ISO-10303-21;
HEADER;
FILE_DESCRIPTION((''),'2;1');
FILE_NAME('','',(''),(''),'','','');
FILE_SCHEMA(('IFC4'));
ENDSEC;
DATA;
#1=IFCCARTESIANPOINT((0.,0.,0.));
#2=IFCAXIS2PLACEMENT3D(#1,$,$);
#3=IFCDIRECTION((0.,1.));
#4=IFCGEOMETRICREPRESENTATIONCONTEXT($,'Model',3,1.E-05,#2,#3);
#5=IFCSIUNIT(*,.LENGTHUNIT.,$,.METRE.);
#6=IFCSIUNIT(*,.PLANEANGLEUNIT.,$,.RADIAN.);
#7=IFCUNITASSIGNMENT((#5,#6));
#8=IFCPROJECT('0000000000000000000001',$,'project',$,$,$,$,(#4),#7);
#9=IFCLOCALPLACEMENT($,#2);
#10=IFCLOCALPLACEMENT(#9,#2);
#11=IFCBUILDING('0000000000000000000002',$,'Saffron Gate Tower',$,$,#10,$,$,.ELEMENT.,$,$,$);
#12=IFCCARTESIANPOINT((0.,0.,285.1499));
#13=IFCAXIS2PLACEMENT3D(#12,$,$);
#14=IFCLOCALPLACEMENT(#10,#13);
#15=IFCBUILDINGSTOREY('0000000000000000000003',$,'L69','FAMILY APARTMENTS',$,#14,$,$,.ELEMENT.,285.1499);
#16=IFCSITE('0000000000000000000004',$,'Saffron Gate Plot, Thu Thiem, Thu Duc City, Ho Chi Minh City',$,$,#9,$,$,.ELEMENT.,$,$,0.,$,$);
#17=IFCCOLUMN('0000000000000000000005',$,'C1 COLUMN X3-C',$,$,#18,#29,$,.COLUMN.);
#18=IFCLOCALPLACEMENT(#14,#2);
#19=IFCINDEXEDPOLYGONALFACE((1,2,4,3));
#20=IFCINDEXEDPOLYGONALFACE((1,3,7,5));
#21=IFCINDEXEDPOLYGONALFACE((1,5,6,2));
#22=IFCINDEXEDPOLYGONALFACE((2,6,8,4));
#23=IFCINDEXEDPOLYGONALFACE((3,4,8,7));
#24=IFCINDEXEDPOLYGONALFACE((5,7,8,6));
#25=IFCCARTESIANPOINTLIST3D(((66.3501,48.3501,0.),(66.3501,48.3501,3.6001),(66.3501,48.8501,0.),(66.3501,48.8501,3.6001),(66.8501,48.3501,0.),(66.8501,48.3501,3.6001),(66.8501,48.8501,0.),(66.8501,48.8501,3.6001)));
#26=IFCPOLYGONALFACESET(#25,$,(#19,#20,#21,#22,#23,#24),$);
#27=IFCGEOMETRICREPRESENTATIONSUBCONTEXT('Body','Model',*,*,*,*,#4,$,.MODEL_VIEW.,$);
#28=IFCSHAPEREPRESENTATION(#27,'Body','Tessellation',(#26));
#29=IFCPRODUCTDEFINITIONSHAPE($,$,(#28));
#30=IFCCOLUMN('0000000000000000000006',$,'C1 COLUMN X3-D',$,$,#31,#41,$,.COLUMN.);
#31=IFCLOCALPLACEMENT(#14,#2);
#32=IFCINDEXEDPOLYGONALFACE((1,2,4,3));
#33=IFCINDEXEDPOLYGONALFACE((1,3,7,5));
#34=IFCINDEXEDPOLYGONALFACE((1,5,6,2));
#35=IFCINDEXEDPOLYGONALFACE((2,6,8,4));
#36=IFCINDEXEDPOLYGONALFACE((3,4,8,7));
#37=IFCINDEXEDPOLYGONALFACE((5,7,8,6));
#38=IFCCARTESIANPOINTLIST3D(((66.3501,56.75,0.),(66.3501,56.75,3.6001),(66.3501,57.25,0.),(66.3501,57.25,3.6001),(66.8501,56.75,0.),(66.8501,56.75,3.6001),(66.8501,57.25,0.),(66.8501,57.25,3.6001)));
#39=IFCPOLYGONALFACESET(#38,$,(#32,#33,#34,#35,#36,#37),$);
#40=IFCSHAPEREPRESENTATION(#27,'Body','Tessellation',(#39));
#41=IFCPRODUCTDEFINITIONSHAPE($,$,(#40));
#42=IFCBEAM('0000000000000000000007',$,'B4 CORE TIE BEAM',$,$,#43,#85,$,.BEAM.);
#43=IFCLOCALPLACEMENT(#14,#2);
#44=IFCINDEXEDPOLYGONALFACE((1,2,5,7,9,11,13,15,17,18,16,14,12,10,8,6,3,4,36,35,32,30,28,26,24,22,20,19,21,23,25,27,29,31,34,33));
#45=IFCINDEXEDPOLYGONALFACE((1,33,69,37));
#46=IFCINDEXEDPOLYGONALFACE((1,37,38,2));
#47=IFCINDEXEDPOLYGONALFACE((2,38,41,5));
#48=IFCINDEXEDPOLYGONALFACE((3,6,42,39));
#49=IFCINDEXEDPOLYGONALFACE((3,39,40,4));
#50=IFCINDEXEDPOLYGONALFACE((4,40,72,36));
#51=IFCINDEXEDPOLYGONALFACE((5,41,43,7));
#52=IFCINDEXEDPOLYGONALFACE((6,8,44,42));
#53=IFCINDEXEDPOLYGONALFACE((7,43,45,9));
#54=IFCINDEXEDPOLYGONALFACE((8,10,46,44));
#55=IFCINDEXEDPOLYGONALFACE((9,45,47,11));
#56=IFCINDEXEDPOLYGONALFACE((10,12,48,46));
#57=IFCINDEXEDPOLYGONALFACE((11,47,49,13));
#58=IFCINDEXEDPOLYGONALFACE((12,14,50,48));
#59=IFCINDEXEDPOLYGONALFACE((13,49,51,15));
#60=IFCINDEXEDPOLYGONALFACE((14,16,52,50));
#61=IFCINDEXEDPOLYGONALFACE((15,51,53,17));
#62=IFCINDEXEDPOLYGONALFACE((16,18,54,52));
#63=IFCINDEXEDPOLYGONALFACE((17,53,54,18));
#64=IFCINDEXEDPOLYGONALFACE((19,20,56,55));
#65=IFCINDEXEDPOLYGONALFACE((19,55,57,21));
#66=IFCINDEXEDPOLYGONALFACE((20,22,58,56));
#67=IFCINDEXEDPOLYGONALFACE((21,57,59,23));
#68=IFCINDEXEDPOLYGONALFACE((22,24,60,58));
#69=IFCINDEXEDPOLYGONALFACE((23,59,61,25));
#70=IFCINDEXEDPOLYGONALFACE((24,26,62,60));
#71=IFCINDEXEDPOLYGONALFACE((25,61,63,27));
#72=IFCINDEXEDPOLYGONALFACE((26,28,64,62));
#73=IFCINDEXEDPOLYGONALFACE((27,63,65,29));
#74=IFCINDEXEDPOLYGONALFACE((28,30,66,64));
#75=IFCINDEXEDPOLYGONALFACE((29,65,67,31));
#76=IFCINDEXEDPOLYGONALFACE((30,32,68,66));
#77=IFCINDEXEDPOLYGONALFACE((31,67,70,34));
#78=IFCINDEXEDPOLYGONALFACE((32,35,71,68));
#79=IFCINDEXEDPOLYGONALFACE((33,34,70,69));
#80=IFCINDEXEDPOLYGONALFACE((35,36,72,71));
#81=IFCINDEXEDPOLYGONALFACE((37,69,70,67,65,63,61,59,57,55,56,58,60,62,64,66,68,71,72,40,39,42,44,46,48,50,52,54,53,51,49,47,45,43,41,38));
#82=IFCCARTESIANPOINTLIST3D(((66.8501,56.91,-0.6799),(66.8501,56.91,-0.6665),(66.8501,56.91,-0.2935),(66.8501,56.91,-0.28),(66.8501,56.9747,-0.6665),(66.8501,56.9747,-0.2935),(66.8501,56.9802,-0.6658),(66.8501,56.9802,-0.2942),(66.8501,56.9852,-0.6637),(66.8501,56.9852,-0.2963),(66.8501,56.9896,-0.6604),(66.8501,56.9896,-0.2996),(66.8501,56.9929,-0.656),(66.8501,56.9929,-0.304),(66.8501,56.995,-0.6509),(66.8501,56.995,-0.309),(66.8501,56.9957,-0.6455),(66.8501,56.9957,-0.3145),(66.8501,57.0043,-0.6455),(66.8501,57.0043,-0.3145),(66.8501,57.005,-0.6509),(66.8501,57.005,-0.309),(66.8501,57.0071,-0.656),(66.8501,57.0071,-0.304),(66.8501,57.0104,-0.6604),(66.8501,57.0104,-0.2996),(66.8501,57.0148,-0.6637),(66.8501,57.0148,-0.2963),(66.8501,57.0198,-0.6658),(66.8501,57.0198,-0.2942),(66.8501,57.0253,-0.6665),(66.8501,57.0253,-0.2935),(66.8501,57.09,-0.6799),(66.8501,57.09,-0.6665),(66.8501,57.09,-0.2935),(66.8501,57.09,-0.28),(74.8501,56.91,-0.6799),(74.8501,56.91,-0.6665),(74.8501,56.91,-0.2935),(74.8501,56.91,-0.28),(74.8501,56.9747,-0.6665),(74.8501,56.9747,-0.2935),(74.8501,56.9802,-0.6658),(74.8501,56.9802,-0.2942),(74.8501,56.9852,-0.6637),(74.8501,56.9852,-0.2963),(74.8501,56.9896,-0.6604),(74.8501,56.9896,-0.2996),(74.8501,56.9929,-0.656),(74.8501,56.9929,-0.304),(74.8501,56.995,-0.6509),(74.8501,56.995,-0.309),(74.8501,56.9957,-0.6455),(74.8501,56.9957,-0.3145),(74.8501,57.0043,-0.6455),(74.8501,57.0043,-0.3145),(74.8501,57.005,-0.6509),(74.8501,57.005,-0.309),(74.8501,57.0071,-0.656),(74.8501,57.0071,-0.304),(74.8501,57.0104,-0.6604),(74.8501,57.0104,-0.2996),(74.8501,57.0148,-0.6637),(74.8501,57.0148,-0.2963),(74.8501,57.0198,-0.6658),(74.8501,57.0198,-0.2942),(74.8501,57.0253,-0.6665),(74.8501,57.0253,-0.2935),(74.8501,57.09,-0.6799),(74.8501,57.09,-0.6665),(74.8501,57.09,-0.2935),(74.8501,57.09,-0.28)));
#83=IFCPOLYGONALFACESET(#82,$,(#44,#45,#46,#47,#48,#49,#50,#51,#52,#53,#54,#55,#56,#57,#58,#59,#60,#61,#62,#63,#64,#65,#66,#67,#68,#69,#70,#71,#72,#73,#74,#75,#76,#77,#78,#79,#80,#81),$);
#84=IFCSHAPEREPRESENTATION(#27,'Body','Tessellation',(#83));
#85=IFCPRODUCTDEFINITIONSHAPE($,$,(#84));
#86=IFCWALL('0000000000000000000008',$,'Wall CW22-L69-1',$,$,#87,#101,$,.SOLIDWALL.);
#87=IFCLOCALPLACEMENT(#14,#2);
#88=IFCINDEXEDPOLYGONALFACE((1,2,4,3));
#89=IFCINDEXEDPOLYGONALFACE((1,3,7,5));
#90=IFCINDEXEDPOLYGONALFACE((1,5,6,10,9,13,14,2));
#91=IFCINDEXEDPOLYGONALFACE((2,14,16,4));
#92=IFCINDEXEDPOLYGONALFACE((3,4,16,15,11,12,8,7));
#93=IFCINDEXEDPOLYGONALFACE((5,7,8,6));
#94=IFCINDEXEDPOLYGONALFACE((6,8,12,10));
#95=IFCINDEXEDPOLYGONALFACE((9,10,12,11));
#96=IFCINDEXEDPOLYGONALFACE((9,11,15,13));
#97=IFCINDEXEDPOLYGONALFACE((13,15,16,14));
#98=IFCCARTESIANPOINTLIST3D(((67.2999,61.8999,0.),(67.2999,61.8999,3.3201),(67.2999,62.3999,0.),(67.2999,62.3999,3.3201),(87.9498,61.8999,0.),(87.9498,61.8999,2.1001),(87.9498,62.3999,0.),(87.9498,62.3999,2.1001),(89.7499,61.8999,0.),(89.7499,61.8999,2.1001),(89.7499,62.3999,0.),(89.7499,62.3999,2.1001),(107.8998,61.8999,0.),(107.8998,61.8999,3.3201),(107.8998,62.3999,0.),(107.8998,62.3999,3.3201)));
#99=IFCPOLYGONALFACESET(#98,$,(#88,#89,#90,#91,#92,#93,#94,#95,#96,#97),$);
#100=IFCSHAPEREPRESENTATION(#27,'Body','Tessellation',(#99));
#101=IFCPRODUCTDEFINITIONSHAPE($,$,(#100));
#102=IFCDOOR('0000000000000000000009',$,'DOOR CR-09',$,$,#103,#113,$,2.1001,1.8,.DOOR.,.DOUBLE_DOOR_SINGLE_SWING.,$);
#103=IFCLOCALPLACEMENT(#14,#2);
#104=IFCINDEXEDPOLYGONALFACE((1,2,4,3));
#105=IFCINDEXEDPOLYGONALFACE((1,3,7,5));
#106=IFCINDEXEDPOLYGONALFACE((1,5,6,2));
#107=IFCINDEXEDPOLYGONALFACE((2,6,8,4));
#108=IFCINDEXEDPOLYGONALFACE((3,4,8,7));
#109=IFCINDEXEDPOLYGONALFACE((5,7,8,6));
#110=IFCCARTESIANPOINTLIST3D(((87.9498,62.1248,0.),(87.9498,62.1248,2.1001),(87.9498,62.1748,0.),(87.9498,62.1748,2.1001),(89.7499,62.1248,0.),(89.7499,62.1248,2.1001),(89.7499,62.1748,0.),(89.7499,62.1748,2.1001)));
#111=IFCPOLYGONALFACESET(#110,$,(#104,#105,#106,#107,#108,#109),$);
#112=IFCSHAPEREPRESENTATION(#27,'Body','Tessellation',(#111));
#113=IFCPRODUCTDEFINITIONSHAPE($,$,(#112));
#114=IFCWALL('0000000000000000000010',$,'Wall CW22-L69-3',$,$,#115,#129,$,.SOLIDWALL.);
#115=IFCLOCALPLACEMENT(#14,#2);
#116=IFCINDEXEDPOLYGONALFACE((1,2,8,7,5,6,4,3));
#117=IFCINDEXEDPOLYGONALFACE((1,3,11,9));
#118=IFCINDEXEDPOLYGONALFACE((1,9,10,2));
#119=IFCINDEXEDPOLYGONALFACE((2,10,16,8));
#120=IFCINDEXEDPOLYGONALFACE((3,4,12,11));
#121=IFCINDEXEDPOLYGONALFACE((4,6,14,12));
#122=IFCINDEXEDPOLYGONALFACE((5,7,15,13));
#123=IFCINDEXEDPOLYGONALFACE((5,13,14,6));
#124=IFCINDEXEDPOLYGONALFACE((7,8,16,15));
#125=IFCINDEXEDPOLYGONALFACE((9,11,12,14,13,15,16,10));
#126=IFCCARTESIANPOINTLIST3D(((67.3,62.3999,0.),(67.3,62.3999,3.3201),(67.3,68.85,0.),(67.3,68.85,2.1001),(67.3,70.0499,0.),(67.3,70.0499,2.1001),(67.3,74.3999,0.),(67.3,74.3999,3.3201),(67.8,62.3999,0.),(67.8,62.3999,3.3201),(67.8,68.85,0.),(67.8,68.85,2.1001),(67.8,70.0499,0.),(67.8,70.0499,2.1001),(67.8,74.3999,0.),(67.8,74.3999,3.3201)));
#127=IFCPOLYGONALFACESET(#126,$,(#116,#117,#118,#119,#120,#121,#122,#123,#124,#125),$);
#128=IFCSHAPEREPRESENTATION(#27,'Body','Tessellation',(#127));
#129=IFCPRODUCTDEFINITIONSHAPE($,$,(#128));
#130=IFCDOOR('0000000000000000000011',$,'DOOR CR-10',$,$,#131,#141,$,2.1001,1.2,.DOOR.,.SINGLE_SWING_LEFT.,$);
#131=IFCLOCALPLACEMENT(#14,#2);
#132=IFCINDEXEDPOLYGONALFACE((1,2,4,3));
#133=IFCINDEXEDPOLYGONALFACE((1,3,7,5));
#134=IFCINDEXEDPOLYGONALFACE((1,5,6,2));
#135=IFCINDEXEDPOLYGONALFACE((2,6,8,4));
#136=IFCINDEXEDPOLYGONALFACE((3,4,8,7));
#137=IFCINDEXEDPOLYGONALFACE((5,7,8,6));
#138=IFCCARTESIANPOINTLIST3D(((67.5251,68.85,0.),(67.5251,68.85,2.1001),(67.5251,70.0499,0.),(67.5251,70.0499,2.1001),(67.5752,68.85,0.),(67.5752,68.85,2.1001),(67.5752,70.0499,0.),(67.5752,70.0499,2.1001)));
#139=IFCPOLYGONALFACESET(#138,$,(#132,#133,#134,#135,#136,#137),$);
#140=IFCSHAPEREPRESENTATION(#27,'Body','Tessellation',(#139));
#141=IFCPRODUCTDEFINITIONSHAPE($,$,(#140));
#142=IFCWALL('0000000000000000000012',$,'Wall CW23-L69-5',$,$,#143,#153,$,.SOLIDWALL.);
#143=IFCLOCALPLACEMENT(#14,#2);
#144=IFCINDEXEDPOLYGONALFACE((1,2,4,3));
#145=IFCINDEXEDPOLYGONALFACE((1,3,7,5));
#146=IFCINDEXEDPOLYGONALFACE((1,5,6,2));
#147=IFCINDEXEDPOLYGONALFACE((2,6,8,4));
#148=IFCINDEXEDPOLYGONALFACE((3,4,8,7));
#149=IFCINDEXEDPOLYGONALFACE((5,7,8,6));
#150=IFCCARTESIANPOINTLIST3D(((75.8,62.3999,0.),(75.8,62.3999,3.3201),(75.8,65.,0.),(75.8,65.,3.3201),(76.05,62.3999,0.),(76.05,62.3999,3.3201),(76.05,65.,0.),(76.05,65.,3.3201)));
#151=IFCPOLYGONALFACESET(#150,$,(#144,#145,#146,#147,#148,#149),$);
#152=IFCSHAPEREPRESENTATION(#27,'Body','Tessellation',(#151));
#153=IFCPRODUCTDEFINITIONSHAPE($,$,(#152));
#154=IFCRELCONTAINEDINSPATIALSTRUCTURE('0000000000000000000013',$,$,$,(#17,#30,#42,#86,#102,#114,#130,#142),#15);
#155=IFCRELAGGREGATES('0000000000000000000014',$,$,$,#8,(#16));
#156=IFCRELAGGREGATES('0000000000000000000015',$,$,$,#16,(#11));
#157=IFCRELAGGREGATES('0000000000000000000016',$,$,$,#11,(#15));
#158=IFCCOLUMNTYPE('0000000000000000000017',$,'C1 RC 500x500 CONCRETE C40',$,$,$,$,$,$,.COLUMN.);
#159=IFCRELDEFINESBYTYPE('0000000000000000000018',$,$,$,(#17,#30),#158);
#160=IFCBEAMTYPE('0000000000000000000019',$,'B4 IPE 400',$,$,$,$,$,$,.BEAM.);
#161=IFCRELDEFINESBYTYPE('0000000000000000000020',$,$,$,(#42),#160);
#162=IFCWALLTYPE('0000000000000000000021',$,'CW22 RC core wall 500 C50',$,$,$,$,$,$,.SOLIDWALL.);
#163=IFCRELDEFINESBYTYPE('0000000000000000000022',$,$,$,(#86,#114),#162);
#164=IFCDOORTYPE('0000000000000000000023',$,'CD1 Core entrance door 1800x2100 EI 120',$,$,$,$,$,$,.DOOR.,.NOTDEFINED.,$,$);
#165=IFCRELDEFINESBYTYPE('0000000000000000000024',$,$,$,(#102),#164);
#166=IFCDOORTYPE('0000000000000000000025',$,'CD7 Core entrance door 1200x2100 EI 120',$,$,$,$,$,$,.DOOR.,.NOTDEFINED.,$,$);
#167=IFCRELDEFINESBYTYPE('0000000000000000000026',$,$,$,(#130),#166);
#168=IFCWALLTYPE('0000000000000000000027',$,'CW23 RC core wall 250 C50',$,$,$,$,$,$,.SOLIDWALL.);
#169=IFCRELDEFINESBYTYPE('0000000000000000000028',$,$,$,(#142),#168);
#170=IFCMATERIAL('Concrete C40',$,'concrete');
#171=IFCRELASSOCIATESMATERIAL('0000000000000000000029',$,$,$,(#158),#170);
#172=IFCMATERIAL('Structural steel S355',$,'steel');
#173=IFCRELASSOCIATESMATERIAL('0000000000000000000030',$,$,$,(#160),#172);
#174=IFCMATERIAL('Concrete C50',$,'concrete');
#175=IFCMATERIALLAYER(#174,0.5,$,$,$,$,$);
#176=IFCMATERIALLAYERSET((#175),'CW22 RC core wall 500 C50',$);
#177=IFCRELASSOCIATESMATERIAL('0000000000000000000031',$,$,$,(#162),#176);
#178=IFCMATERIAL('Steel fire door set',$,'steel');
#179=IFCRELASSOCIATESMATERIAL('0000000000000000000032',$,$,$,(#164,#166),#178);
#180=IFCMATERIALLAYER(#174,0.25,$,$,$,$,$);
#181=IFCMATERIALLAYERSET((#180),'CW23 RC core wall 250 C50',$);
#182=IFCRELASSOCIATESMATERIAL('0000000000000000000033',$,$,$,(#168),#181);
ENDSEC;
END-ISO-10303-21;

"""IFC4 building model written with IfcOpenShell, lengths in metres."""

from ifc_helpers import new_model, si_unit, direction, frame, frame_2d, origin, origin_2d, place, context, subcontext, project, spatial, rectangle, i_section, extrude, material, layer, layer_set, material_profile, profile_set, type_object, element, fill, save


model = new_model("IFC4")

# Units and contexts
model_context = context("Model", 3, precision=1e-05, world=origin(), true_north=direction((0.0, 1.0)))
body_context = subcontext(model_context, "Body", "Model", "MODEL_VIEW")
ifc_project = project(units=[si_unit("LENGTHUNIT", "METRE"), si_unit("PLANEANGLEUNIT", "RADIAN")], contexts=[model_context])

# Site, building, storey
site_placement = place(None, origin())
site = spatial("IfcSite", under=ifc_project, at=site_placement, Name="Saffron Gate Plot, Thu Thiem, Thu Duc City, Ho Chi Minh City", CompositionType="ELEMENT", RefElevation=0.0)
building_placement = place(site_placement, origin())
building = spatial("IfcBuilding", under=site, at=building_placement, Name="Saffron Gate Tower", CompositionType="ELEMENT")
storey_placement = place(building_placement, frame((0.0, 0.0, 285.1499)))
storey = spatial("IfcBuildingStorey", under=building, at=storey_placement, Name="L69", Description="FAMILY APARTMENTS", CompositionType="ELEMENT", Elevation=285.1499)

# Columns
ifc_material_1 = material(Name="Concrete C40", Category="concrete")
ifc_material_profile_1 = material_profile(ifc_material_1, rectangle(XDim=0.5, YDim=0.5, at=origin_2d()))
ifc_profile_set_1 = profile_set([ifc_material_profile_1], Name="Concrete C40")
column_type = type_object("IfcColumnType", Name="C1 RC 500x500 CONCRETE C40", PredefinedType="COLUMN", material=ifc_profile_set_1)
for number, where, z_axis, x_axis, name in (
    (1, (66.6001, 48.6001, 0.0), (0.0, 0.0, 1.0), (1.0, 0.0, 0.0), "C1 COLUMN X3-C"),
    (2, (66.6001, 57.0, 0.0), (0.0, 0.0, 1.0), (1.0, 0.0, 0.0), "C1 COLUMN X3-D"),
):
    element("IfcColumn", number, at=place(storey_placement, frame(where, z_axis=z_axis, x_axis=x_axis)), inside=storey, type_object=column_type, Name=name, PredefinedType="COLUMN", context=body_context, shape_type="SweptSolid", body=[
        extrude(rectangle(XDim=0.5, YDim=0.5, at=origin_2d()), origin(), (0.0, 0.0, 1.0), 3.6001),
    ])

# Beam
ifc_material_2 = material(Name="Structural steel S355", Category="steel")
ifc_material_profile_2 = material_profile(ifc_material_2, i_section(OverallWidth=0.1799, OverallDepth=0.3999, WebThickness=0.0085, FlangeThickness=0.0134, FilletRadius=0.021, at=origin_2d()))
ifc_profile_set_2 = profile_set([ifc_material_profile_2], Name="Structural steel S355")
beam_type = type_object("IfcBeamType", Name="B4 IPE 400", PredefinedType="BEAM", material=ifc_profile_set_2)
beam_placement = place(storey_placement, frame((66.8501, 57.0, -0.48), z_axis=(1.0, 0.0, 0.0), x_axis=(0.0, 1.0, 0.0)))
element("IfcBeam", 3, at=beam_placement, inside=storey, type_object=beam_type, Name="B4 CORE TIE BEAM", PredefinedType="BEAM", context=body_context, shape_type="SweptSolid", body=[
    extrude(i_section(OverallWidth=0.1799, OverallDepth=0.3999, WebThickness=0.0085, FlangeThickness=0.0134, FilletRadius=0.021, at=origin_2d()), origin(), (0.0, 0.0, 1.0), 8.0),
])

# Walls, openings, doors
ifc_material_3 = material(Name="Concrete C50", Category="concrete")
ifc_layer_1 = layer(ifc_material_3, 0.5)
ifc_layer_set_1 = layer_set([ifc_layer_1], Name="CW22 RC core wall 500 C50")
wall_type_1 = type_object("IfcWallType", Name="CW22 RC core wall 500 C50", PredefinedType="SOLIDWALL", material=ifc_layer_set_1)
wall_1_placement = place(storey_placement, frame((67.3, 62.1499, 0.0), z_axis=(0.0, 0.0, 1.0), x_axis=(1.0, 0.0, 0.0)))
wall_1 = element("IfcWall", 4, at=wall_1_placement, inside=storey, type_object=wall_type_1, Name="Wall CW22-L69-1", PredefinedType="SOLIDWALL", context=body_context, shape_type="SweptSolid", body=[
    extrude(rectangle(XDim=40.5999, YDim=0.5, at=frame_2d((20.2998, 0.0))), origin(), (0.0, 0.0, 1.0), 3.3201),
])
opening_1_placement = place(wall_1_placement, frame((20.6499, 0.0, 0.0)))
opening_1 = element("IfcOpeningElement", 5, at=opening_1_placement, cuts=wall_1, PredefinedType="OPENING", context=body_context, shape_type="SweptSolid", body=[
    extrude(rectangle(XDim=1.8, YDim=2.1001, at=frame_2d((0.8999, 1.05))), frame((0.0, 0.26, 0.0), z_axis=(0.0, -1.0, 0.0), x_axis=(1.0, 0.0, 0.0)), (0.0, 0.0, 1.0), 0.52),
])
ifc_material_4 = material(Name="Steel fire door set", Category="steel")
door_type_1 = type_object("IfcDoorType", Name="CD1 Core entrance door 1800x2100 EI 120", OperationType="NOTDEFINED", PredefinedType="DOOR", material=ifc_material_4)
door_1_placement = place(opening_1_placement, origin())
door_1 = element("IfcDoor", 6, at=door_1_placement, inside=storey, type_object=door_type_1, Name="DOOR CR-09", OperationType="DOUBLE_DOOR_SINGLE_SWING", OverallHeight=2.1001, OverallWidth=1.8, PredefinedType="DOOR", context=body_context, shape_type="SweptSolid", body=[
    extrude(rectangle(XDim=1.8, YDim=2.1001, at=frame_2d((0.8999, 1.05))), frame((0.0, 0.0249, 0.0), z_axis=(0.0, -1.0, 0.0), x_axis=(1.0, 0.0, 0.0)), (0.0, 0.0, 1.0), 0.05),
])
fill(opening_1, door_1)
wall_2_placement = place(storey_placement, frame((67.55, 62.3999, 0.0), z_axis=(0.0, 0.0, 1.0), x_axis=(0.0, 1.0, 0.0)))
wall_2 = element("IfcWall", 7, at=wall_2_placement, inside=storey, type_object=wall_type_1, Name="Wall CW22-L69-3", PredefinedType="SOLIDWALL", context=body_context, shape_type="SweptSolid", body=[
    extrude(rectangle(XDim=12.0, YDim=0.5, at=frame_2d((6.0, 0.0))), origin(), (0.0, 0.0, 1.0), 3.3201),
])
opening_2_placement = place(wall_2_placement, frame((6.45, 0.0, 0.0)))
opening_2 = element("IfcOpeningElement", 8, at=opening_2_placement, cuts=wall_2, PredefinedType="OPENING", context=body_context, shape_type="SweptSolid", body=[
    extrude(rectangle(XDim=1.2, YDim=2.1001, at=frame_2d((0.6001, 1.05))), frame((0.0, 0.26, 0.0), z_axis=(0.0, -1.0, 0.0), x_axis=(1.0, 0.0, 0.0)), (0.0, 0.0, 1.0), 0.52),
])
door_type_2 = type_object("IfcDoorType", Name="CD7 Core entrance door 1200x2100 EI 120", OperationType="NOTDEFINED", PredefinedType="DOOR", material=ifc_material_4)
door_2_placement = place(opening_2_placement, origin())
door_2 = element("IfcDoor", 9, at=door_2_placement, inside=storey, type_object=door_type_2, Name="DOOR CR-10", OperationType="SINGLE_SWING_LEFT", OverallHeight=2.1001, OverallWidth=1.2, PredefinedType="DOOR", context=body_context, shape_type="SweptSolid", body=[
    extrude(rectangle(XDim=1.2, YDim=2.1001, at=frame_2d((0.6001, 1.05))), frame((0.0, 0.0249, 0.0), z_axis=(0.0, -1.0, 0.0), x_axis=(1.0, 0.0, 0.0)), (0.0, 0.0, 1.0), 0.05),
])
fill(opening_2, door_2)

# Wall
ifc_layer_2 = layer(ifc_material_3, 0.25)
ifc_layer_set_2 = layer_set([ifc_layer_2], Name="CW23 RC core wall 250 C50")
wall_type_2 = type_object("IfcWallType", Name="CW23 RC core wall 250 C50", PredefinedType="SOLIDWALL", material=ifc_layer_set_2)
wall_3_placement = place(storey_placement, frame((75.925, 62.3999, 0.0), z_axis=(0.0, 0.0, 1.0), x_axis=(0.0, 1.0, 0.0)))
element("IfcWall", 10, at=wall_3_placement, inside=storey, type_object=wall_type_2, Name="Wall CW23-L69-5", PredefinedType="SOLIDWALL", context=body_context, shape_type="SweptSolid", body=[
    extrude(rectangle(XDim=2.6001, YDim=0.25, at=frame_2d((1.3, 0.0))), origin(), (0.0, 0.0, 1.0), 3.3201),
])

save(model, "model.ifc")
